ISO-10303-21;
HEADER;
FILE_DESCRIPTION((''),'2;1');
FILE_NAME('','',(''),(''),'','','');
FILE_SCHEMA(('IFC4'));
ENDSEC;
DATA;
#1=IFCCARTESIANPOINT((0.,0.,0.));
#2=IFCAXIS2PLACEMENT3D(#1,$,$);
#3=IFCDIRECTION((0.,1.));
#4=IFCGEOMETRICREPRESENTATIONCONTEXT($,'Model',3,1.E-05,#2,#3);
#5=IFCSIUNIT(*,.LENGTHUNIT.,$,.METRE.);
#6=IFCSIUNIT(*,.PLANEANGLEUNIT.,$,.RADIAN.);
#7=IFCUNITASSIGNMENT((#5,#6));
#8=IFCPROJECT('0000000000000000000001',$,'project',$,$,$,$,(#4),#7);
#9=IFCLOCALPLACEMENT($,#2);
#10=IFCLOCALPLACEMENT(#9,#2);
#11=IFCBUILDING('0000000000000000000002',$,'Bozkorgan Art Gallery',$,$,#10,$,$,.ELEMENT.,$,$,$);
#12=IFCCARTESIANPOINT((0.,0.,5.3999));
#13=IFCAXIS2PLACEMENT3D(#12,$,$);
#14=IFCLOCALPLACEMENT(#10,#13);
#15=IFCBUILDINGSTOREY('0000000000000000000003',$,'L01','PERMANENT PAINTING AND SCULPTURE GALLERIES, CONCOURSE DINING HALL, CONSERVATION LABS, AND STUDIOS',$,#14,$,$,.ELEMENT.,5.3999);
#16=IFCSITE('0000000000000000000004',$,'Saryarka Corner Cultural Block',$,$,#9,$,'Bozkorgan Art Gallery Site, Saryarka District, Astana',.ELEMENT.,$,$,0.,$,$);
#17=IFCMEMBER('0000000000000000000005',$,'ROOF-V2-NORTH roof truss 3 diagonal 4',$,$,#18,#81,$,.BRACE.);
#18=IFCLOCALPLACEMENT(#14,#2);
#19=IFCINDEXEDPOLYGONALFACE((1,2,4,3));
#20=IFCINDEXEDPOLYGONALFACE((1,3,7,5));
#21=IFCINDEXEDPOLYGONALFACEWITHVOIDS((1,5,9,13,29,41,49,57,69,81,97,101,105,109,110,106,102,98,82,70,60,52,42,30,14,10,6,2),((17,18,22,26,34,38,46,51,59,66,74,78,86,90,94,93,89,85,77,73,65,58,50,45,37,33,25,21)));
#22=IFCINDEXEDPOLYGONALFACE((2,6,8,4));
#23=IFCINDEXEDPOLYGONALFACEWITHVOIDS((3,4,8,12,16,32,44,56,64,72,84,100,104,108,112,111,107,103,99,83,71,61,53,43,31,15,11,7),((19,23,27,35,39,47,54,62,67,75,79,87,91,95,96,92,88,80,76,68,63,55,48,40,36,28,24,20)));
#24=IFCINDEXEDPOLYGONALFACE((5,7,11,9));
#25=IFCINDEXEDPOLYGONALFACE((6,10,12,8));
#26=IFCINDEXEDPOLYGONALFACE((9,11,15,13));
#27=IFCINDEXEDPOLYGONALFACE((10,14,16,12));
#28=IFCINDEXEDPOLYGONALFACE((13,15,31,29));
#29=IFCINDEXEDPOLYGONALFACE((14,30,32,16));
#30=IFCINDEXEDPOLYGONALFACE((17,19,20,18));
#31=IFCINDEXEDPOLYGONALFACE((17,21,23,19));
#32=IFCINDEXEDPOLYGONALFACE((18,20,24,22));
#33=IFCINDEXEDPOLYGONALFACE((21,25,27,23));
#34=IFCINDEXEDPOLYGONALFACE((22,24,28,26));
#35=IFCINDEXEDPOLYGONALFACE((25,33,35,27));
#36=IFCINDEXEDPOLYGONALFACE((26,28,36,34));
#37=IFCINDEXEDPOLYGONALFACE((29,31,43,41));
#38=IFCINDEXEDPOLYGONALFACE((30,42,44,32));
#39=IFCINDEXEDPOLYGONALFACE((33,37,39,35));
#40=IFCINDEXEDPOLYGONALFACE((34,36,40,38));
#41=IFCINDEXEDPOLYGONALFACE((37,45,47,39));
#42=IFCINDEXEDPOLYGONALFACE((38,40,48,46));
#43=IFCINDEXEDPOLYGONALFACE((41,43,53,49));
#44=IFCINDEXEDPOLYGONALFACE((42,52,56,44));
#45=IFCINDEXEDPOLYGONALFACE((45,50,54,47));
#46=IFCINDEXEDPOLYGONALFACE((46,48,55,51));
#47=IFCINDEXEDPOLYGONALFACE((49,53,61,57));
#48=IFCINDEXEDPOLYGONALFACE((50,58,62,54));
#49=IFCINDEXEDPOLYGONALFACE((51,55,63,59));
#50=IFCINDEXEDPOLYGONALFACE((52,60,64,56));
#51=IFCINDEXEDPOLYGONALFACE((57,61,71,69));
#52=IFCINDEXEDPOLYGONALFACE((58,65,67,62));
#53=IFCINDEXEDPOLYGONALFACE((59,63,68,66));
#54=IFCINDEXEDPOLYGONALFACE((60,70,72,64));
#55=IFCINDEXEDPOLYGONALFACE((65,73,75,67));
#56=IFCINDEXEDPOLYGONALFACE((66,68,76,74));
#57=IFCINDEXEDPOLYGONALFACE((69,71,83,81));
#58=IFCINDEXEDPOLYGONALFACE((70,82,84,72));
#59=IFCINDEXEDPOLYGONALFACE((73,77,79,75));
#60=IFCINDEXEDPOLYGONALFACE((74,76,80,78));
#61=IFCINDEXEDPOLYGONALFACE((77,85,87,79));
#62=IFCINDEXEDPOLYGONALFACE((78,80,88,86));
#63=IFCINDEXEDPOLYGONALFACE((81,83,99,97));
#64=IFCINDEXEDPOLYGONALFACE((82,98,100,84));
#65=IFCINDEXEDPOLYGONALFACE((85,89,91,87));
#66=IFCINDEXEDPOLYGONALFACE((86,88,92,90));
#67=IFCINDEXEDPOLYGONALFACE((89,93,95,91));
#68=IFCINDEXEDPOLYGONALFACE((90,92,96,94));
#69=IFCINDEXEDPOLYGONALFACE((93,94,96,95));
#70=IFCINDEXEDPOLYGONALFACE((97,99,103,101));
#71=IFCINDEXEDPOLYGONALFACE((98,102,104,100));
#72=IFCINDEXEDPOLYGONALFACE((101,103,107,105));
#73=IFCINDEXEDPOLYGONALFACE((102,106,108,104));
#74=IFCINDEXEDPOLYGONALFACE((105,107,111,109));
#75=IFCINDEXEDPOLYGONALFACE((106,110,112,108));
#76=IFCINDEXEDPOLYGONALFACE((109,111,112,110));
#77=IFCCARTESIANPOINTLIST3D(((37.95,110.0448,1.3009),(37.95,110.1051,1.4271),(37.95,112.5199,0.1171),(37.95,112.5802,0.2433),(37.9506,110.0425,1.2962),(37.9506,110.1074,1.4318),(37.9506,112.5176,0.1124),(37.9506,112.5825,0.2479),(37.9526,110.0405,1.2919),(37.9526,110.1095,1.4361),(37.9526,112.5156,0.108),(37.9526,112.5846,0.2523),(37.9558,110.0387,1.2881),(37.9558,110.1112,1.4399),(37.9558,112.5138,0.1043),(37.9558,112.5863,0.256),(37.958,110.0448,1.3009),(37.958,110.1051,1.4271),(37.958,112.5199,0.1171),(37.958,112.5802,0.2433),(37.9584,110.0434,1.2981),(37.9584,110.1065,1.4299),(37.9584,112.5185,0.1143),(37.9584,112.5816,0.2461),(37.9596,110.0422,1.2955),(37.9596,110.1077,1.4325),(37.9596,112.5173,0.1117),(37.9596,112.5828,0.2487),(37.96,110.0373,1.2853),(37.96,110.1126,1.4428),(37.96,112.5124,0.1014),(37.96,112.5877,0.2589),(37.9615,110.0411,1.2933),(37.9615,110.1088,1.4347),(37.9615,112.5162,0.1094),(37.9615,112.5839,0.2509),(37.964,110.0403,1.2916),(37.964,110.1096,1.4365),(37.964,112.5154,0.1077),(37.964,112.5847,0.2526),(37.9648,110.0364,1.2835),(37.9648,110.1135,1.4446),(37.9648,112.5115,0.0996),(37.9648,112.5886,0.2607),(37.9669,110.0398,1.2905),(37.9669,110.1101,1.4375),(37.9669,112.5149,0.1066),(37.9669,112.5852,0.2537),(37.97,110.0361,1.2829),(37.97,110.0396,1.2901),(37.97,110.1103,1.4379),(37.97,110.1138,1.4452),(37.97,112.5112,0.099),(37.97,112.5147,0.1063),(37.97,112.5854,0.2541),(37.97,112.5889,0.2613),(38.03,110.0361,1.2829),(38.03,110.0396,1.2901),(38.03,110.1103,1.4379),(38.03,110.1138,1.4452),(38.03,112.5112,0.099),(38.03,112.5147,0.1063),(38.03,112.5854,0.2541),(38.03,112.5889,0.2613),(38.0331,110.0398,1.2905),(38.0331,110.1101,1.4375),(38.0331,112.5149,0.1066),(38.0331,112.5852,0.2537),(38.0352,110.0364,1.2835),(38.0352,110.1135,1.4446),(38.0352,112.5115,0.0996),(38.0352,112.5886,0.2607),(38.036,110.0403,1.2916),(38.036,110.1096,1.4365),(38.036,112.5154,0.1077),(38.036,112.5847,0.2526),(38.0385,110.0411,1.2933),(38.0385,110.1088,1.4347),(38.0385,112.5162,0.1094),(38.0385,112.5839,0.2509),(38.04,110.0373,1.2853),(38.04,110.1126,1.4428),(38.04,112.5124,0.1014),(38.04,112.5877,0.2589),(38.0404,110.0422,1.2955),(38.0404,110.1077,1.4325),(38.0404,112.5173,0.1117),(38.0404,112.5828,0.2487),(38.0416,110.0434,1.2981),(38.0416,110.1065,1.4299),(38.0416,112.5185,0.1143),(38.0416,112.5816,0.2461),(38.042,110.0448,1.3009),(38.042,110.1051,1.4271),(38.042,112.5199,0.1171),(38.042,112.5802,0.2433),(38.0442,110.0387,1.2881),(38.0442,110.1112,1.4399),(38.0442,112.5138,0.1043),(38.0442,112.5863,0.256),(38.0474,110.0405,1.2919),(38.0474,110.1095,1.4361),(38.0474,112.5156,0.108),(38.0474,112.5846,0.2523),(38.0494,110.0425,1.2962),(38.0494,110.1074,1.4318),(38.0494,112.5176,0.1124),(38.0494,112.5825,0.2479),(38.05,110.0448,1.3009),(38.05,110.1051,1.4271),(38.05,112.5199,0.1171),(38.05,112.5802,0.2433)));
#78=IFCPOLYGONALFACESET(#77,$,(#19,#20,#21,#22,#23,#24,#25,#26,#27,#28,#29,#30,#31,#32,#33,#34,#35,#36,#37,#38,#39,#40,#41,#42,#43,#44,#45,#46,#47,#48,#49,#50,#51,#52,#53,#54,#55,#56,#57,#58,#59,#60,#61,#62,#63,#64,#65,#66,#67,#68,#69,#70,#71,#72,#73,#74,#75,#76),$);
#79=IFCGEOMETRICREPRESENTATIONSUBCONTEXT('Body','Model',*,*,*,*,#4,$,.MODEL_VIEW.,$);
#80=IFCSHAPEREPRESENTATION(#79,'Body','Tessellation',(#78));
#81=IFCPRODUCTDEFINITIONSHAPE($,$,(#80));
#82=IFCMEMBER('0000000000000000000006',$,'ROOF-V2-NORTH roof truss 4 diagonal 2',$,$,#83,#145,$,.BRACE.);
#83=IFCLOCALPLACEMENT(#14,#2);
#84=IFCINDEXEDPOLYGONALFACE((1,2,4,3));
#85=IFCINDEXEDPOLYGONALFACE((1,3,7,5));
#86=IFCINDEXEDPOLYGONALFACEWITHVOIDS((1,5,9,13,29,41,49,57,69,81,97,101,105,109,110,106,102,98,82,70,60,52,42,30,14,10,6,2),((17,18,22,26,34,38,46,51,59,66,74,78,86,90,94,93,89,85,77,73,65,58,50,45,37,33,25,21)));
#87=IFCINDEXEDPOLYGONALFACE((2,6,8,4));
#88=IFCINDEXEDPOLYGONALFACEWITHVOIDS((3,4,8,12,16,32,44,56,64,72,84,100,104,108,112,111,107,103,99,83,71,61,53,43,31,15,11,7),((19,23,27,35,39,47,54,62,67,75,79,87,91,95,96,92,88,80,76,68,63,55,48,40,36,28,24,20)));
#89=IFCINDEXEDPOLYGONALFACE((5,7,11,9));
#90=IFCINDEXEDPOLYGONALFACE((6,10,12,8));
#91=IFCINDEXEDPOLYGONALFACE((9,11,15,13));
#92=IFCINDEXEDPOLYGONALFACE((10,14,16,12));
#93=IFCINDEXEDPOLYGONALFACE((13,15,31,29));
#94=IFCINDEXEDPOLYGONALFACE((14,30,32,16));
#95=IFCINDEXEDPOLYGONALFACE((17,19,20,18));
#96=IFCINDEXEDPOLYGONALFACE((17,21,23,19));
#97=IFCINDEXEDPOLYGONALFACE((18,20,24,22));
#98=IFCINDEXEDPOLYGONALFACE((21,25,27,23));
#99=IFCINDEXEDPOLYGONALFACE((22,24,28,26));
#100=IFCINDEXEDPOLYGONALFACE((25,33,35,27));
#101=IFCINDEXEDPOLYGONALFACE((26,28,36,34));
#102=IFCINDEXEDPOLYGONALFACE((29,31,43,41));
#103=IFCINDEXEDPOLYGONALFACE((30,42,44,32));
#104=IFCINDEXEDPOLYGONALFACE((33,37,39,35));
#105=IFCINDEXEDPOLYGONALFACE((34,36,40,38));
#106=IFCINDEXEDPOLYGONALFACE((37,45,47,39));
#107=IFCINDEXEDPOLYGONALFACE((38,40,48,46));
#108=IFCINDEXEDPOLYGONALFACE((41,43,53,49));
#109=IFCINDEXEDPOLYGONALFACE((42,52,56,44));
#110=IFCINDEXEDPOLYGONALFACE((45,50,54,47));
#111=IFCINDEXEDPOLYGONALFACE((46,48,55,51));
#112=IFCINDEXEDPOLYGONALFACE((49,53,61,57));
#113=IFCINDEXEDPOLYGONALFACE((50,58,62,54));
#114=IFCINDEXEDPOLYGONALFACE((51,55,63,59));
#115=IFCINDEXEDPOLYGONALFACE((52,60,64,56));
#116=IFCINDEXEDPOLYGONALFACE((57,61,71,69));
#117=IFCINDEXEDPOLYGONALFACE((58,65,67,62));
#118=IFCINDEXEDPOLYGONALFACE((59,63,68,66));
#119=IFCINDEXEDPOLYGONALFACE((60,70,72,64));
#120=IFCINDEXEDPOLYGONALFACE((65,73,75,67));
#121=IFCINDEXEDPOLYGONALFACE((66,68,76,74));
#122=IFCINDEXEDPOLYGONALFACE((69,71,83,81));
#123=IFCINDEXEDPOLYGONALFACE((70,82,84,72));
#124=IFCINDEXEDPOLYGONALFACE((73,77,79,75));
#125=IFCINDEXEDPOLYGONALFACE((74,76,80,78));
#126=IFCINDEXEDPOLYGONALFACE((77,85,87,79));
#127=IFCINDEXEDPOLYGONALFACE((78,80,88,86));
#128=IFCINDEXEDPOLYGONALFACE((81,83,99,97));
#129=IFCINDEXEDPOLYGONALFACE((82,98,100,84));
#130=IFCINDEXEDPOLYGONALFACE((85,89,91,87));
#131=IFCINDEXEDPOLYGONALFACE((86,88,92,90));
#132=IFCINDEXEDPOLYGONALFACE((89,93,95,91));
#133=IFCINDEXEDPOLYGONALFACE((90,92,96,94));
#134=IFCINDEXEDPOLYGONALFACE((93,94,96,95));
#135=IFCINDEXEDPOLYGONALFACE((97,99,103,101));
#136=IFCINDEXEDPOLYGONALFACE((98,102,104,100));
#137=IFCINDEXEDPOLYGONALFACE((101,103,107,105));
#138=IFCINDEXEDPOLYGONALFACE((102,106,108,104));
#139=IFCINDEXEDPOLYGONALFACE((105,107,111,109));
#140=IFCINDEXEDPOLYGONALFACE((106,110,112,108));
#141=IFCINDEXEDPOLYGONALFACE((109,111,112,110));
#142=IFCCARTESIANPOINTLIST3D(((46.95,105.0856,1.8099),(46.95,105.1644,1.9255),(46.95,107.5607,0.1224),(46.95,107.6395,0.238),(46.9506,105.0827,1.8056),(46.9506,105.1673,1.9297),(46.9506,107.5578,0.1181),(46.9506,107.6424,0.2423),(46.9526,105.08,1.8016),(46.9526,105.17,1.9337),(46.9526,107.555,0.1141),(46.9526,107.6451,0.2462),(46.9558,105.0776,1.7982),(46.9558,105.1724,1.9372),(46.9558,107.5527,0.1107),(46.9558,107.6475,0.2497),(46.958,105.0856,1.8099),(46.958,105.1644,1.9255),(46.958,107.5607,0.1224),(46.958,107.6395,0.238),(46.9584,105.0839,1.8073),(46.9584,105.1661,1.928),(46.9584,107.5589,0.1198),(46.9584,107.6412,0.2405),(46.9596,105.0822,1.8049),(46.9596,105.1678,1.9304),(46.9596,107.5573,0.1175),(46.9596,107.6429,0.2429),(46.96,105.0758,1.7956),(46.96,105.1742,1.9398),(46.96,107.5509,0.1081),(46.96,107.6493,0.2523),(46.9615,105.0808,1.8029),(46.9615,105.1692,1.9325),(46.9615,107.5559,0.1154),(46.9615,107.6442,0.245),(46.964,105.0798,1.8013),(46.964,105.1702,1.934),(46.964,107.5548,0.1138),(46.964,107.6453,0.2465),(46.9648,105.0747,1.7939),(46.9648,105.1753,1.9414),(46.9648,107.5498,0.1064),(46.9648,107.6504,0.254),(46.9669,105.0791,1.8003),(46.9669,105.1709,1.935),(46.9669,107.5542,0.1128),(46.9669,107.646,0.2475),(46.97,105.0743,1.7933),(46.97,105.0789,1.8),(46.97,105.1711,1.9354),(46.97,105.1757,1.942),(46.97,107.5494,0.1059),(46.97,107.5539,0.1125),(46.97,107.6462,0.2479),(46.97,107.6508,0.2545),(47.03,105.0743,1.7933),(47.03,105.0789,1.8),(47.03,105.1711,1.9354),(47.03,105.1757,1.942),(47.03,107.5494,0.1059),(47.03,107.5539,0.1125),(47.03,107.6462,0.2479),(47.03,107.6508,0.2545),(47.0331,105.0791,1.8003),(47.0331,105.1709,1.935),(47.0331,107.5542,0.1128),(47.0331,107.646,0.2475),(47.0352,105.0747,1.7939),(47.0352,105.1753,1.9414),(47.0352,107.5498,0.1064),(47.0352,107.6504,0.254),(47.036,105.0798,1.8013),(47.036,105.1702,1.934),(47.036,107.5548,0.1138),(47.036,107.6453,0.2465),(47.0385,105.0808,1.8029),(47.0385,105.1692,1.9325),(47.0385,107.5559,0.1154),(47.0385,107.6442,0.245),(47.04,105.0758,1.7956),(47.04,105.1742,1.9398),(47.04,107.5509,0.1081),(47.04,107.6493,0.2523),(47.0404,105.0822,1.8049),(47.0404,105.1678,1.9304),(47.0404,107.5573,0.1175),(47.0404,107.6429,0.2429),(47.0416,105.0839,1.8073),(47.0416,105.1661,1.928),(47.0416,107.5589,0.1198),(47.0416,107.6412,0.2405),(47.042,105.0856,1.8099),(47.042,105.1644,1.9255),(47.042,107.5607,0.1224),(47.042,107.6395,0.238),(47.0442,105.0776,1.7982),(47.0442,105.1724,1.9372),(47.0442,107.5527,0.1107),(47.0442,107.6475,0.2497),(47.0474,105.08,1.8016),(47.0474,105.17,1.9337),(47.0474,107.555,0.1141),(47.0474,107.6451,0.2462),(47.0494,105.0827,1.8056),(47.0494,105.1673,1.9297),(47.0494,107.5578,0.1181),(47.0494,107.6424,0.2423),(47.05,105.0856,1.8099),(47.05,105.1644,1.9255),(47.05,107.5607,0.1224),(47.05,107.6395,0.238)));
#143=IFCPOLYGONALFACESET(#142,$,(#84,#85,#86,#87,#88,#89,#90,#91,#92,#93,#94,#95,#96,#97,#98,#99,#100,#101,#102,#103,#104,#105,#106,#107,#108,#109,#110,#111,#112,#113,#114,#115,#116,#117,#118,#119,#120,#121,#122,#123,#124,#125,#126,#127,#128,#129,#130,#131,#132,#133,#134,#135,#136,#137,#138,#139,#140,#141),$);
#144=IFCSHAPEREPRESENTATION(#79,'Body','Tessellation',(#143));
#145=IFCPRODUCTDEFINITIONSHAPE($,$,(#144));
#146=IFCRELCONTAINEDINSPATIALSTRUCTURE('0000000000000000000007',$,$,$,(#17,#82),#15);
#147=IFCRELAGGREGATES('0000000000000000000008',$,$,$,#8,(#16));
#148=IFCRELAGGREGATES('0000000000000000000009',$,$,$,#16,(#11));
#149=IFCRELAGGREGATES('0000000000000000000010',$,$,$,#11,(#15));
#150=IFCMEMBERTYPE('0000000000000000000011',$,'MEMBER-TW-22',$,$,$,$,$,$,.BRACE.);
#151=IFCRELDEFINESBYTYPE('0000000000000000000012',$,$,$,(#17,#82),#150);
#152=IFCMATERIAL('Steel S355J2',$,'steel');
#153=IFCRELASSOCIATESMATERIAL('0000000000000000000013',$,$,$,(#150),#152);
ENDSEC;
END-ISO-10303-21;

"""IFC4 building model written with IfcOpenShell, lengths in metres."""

from ifc_helpers import new_model, si_unit, direction, frame, origin, origin_2d, place, context, subcontext, project, spatial, hollow_rectangle, extrude, material, material_profile, profile_set, type_object, element, save


model = new_model("IFC4")

# Units and contexts
model_context = context("Model", 3, precision=1e-05, world=origin(), true_north=direction((0.0, 1.0)))
body_context = subcontext(model_context, "Body", "Model", "MODEL_VIEW")
ifc_project = project(units=[si_unit("LENGTHUNIT", "METRE"), si_unit("PLANEANGLEUNIT", "RADIAN")], contexts=[model_context])

# Site, building, storey
site_placement = place(None, origin())
site = spatial("IfcSite", under=ifc_project, at=site_placement, Name="Saryarka Corner Cultural Block", LongName="Bozkorgan Art Gallery Site, Saryarka District, Astana", CompositionType="ELEMENT", RefElevation=0.0)
building_placement = place(site_placement, origin())
building = spatial("IfcBuilding", under=site, at=building_placement, Name="Bozkorgan Art Gallery", CompositionType="ELEMENT")
storey_placement = place(building_placement, frame((0.0, 0.0, 5.3999)))
storey = spatial("IfcBuildingStorey", under=building, at=storey_placement, Name="L01", Description="PERMANENT PAINTING AND SCULPTURE GALLERIES, CONCOURSE DINING HALL, CONSERVATION LABS, AND STUDIOS", CompositionType="ELEMENT", Elevation=5.3999)

# Members
ifc_material_1 = material(Name="Steel S355J2", Category="steel")
ifc_material_profile_1 = material_profile(ifc_material_1, hollow_rectangle(XDim=0.1001, YDim=0.1799, WallThickness=0.0081, InnerFilletRadius=0.012, OuterFilletRadius=0.02, at=origin_2d()), Name="RHS 180x100x8")
ifc_profile_set_1 = profile_set([ifc_material_profile_1], Name="Steel S355J2")
member_type_1 = type_object("IfcMemberType", Name="MEMBER-TW-22", PredefinedType="BRACE", material=ifc_profile_set_1)
member_1_placement = place(storey_placement, frame((38.0, 110.075, 1.364), z_axis=(0.0, 0.902121, -0.431484), x_axis=(-1.0, 0.0, 0.0)))
element("IfcMember", 1, at=member_1_placement, inside=storey, type_object=member_type_1, Name="ROOF-V2-NORTH roof truss 3 diagonal 4", PredefinedType="BRACE", context=body_context, shape_type="SweptSolid", body=[
    extrude(hollow_rectangle(XDim=0.1001, YDim=0.1799, WallThickness=0.0081, InnerFilletRadius=0.012, OuterFilletRadius=0.02, at=origin_2d()), origin(), (0.0, 0.0, 1.0), 2.7437),
])
member_2_placement = place(storey_placement, frame((47.0, 105.125, 1.8677), z_axis=(0.0, 0.826238, -0.563322), x_axis=(-1.0, 0.0, 0.0)))
element("IfcMember", 2, at=member_2_placement, inside=storey, type_object=member_type_1, Name="ROOF-V2-NORTH roof truss 4 diagonal 2", PredefinedType="BRACE", context=body_context, shape_type="SweptSolid", body=[
    extrude(hollow_rectangle(XDim=0.1001, YDim=0.1799, WallThickness=0.0081, InnerFilletRadius=0.012, OuterFilletRadius=0.02, at=origin_2d()), origin(), (0.0, 0.0, 1.0), 2.9956),
])

save(model, "model.ifc")
